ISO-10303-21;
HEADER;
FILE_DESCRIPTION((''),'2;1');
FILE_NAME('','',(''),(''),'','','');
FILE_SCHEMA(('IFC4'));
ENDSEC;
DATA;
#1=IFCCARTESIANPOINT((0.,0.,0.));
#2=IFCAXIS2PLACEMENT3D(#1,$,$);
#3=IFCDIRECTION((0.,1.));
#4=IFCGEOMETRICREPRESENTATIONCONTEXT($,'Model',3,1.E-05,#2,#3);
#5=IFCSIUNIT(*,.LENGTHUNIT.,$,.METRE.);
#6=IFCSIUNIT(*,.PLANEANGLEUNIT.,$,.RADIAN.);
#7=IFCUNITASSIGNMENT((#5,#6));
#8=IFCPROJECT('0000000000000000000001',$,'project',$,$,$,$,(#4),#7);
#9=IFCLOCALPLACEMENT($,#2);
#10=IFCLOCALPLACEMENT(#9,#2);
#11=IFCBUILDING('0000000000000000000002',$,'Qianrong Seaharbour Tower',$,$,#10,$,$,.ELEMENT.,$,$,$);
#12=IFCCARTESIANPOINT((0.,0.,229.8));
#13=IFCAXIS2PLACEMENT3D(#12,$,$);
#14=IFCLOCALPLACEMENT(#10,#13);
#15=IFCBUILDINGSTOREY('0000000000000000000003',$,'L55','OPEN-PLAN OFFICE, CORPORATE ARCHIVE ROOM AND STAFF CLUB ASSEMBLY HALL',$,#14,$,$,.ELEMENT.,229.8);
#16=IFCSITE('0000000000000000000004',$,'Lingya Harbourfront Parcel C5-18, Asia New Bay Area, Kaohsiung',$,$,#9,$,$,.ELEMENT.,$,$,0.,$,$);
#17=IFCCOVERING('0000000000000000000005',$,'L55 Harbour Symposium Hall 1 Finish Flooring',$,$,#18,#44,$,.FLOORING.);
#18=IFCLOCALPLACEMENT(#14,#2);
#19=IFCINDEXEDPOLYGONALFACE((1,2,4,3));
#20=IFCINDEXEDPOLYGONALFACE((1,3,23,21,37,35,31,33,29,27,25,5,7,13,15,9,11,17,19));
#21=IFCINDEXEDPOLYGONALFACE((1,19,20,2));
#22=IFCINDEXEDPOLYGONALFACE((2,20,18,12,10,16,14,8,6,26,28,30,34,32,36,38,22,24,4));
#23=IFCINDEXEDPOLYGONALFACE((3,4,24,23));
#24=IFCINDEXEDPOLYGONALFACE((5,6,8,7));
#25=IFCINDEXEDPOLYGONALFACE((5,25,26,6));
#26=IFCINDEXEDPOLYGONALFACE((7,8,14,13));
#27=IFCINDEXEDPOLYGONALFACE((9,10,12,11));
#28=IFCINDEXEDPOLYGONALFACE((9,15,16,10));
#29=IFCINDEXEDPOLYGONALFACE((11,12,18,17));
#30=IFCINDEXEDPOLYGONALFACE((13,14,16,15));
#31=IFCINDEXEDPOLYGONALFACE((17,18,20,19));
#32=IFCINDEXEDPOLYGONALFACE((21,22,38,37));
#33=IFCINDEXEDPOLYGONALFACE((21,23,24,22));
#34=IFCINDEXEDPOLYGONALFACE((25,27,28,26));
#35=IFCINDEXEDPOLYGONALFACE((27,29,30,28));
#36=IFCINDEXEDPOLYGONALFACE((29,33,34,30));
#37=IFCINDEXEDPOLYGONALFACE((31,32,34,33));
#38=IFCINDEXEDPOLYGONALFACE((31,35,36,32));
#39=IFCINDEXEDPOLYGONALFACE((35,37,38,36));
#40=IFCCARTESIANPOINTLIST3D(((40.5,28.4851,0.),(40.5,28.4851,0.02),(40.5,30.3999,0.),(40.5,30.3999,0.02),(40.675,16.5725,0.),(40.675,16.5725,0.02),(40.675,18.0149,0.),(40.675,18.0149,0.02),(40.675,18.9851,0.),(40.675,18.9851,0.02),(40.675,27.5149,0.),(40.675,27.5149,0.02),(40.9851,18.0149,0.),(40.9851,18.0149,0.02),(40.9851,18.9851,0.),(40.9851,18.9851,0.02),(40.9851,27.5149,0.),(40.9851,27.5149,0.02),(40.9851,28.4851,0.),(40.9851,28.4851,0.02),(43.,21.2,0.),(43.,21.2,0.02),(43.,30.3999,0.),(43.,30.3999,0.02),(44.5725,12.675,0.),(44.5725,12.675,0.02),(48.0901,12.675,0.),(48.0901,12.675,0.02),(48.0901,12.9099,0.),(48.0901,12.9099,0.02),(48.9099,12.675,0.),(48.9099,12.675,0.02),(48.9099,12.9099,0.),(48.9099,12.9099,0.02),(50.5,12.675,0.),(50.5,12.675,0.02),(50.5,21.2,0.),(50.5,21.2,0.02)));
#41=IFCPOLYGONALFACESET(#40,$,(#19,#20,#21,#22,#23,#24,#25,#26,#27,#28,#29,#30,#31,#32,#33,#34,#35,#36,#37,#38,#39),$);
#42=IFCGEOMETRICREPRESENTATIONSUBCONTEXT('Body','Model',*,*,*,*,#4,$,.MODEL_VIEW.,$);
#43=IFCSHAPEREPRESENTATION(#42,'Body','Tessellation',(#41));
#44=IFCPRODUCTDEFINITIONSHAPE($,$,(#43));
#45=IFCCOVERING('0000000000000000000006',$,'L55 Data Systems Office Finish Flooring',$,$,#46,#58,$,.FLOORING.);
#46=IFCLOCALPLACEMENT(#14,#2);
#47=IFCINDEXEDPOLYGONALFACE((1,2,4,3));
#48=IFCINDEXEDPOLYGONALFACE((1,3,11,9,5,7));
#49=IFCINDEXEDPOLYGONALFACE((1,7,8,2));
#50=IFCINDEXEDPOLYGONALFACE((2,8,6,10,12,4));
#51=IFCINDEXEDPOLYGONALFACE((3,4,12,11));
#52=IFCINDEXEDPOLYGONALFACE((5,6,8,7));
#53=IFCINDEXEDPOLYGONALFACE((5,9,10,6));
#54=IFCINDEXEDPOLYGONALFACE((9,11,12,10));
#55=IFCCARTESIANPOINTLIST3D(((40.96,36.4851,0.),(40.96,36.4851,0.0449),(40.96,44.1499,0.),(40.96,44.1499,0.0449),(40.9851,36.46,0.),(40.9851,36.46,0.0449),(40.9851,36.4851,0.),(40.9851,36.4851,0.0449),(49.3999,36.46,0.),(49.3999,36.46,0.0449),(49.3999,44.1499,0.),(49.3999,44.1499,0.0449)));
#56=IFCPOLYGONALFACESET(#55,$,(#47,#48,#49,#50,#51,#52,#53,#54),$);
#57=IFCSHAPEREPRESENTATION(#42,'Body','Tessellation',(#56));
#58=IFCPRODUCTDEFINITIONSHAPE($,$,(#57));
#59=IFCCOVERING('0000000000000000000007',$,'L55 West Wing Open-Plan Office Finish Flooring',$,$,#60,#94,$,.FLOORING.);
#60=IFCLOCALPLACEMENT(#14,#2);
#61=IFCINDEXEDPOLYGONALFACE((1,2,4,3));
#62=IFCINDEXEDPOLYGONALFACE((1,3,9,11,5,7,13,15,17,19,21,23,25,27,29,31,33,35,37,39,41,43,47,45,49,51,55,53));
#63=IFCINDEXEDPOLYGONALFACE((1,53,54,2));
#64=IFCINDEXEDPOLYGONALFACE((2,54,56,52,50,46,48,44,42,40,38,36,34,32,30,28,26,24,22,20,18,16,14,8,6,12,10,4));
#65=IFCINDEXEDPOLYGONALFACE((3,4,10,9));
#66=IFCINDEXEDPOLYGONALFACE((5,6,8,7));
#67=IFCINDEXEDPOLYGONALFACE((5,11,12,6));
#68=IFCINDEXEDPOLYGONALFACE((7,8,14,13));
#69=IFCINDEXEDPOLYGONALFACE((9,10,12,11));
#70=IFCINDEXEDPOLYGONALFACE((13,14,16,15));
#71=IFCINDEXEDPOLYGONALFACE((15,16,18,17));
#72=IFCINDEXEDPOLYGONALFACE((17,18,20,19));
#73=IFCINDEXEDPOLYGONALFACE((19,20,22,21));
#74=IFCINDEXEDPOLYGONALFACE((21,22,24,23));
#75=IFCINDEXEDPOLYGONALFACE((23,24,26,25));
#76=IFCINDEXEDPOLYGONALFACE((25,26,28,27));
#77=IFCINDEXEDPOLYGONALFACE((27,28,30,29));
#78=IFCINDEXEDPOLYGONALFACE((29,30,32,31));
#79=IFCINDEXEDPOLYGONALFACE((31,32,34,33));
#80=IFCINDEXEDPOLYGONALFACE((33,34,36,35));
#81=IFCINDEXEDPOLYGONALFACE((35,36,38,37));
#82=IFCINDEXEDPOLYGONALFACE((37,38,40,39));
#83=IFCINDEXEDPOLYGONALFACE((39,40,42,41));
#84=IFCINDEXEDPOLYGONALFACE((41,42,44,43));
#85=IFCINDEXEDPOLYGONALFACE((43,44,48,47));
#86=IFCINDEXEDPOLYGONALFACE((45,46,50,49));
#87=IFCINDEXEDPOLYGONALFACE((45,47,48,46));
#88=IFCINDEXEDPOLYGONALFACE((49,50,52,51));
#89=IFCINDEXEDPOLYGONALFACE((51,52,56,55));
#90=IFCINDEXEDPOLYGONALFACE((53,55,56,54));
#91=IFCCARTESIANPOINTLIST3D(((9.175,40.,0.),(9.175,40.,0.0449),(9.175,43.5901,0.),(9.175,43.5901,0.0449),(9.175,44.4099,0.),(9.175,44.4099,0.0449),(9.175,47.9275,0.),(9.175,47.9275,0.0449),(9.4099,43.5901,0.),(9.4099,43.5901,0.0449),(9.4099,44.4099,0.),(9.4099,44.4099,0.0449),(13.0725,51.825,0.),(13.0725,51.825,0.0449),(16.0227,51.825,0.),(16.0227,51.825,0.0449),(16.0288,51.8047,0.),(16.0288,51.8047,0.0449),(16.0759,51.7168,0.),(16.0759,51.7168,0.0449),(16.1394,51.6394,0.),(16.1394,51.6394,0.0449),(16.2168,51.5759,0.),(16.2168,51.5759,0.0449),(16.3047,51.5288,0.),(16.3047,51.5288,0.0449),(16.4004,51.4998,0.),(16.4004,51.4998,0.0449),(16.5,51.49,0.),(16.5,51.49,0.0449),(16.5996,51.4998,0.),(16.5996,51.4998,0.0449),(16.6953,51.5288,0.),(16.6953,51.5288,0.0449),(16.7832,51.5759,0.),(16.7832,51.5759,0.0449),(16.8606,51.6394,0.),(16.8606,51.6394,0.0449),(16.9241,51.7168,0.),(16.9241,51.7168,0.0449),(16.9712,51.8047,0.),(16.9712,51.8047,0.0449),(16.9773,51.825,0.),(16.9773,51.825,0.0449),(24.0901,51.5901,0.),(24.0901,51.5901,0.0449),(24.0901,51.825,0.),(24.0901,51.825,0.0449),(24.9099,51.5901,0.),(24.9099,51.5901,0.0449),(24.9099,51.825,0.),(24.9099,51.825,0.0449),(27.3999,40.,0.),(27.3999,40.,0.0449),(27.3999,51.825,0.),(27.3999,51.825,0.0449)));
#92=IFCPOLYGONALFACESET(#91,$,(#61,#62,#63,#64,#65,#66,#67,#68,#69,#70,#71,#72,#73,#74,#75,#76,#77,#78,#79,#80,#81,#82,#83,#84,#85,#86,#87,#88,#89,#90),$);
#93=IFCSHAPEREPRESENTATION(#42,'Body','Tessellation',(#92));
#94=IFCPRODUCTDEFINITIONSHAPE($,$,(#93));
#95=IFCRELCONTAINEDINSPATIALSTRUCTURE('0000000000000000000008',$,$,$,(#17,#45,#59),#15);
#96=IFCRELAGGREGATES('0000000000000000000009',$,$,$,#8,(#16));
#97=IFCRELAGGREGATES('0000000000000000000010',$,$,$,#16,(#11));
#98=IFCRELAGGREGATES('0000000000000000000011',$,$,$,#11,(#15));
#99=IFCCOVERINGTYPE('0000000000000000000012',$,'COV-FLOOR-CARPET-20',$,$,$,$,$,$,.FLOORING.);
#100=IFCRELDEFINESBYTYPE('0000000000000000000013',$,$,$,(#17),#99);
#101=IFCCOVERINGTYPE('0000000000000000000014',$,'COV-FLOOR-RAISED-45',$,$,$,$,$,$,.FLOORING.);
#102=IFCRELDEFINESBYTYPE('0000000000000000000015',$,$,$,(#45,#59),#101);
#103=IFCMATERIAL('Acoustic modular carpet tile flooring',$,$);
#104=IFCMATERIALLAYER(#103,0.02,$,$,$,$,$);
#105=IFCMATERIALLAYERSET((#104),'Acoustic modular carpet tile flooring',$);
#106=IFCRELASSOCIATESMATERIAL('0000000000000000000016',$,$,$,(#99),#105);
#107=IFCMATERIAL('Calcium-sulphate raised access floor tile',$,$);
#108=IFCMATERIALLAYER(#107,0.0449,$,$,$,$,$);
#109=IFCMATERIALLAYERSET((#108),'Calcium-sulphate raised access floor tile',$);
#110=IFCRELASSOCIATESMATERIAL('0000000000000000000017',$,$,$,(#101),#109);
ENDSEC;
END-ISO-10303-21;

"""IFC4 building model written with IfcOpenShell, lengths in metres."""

from ifc_helpers import new_model, si_unit, direction, frame, origin, place, context, subcontext, project, spatial, polyline, outline, extrude, material, layer, layer_set, type_object, element, save


model = new_model("IFC4")

# Units and contexts
model_context = context("Model", 3, precision=1e-05, world=origin(), true_north=direction((0.0, 1.0)))
body_context = subcontext(model_context, "Body", "Model", "MODEL_VIEW")
ifc_project = project(units=[si_unit("LENGTHUNIT", "METRE"), si_unit("PLANEANGLEUNIT", "RADIAN")], contexts=[model_context])

# Site, building, storey
site_placement = place(None, origin())
site = spatial("IfcSite", under=ifc_project, at=site_placement, Name="Lingya Harbourfront Parcel C5-18, Asia New Bay Area, Kaohsiung", CompositionType="ELEMENT", RefElevation=0.0)
building_placement = place(site_placement, origin())
building = spatial("IfcBuilding", under=site, at=building_placement, Name="Qianrong Seaharbour Tower", CompositionType="ELEMENT")
storey_placement = place(building_placement, frame((0.0, 0.0, 229.8)))
storey = spatial("IfcBuildingStorey", under=building, at=storey_placement, Name="L55", Description="OPEN-PLAN OFFICE, CORPORATE ARCHIVE ROOM AND STAFF CLUB ASSEMBLY HALL", CompositionType="ELEMENT", Elevation=229.8)

# Coverings
ifc_material_1 = material(Name="Acoustic modular carpet tile flooring")
ifc_layer_1 = layer(ifc_material_1, 0.02)
ifc_layer_set_1 = layer_set([ifc_layer_1], Name="Acoustic modular carpet tile flooring")
covering_type_1 = type_object("IfcCoveringType", Name="COV-FLOOR-CARPET-20", PredefinedType="FLOORING", material=ifc_layer_set_1)
covering_1_placement = place(storey_placement, origin())
element("IfcCovering", 1, at=covering_1_placement, inside=storey, type_object=covering_type_1, Name="L55 Harbour Symposium Hall 1 Finish Flooring", PredefinedType="FLOORING", context=body_context, shape_type="SweptSolid", body=[
    extrude(outline(polyline([(43.0, 21.2), (50.5, 21.2), (50.5, 12.675), (48.9099, 12.675), (48.9099, 12.9099), (48.0901, 12.9099), (48.0901, 12.675), (44.5725, 12.675), (40.675, 16.5725), (40.675, 18.0149), (40.9851, 18.0149), (40.9851, 18.9851), (40.675, 18.9851), (40.675, 27.5149), (40.9851, 27.5149), (40.9851, 28.4851), (40.5, 28.4851), (40.5, 30.3999), (43.0, 30.3999), (43.0, 21.2)])), origin(), (0.0, 0.0, 1.0), 0.02),
])
ifc_material_2 = material(Name="Calcium-sulphate raised access floor tile")
ifc_layer_2 = layer(ifc_material_2, 0.0449)
ifc_layer_set_2 = layer_set([ifc_layer_2], Name="Calcium-sulphate raised access floor tile")
covering_type_2 = type_object("IfcCoveringType", Name="COV-FLOOR-RAISED-45", PredefinedType="FLOORING", material=ifc_layer_set_2)
covering_2_placement = place(storey_placement, origin())
element("IfcCovering", 2, at=covering_2_placement, inside=storey, type_object=covering_type_2, Name="L55 Data Systems Office Finish Flooring", PredefinedType="FLOORING", context=body_context, shape_type="SweptSolid", body=[
    extrude(outline(polyline([(49.3999, 44.1499), (49.3999, 36.46), (40.9851, 36.46), (40.9851, 36.4851), (40.96, 36.4851), (40.96, 44.1499), (49.3999, 44.1499)])), origin(), (0.0, 0.0, 1.0), 0.0449),
])
covering_3_placement = place(storey_placement, origin())
element("IfcCovering", 3, at=covering_3_placement, inside=storey, type_object=covering_type_2, Name="L55 West Wing Open-Plan Office Finish Flooring", PredefinedType="FLOORING", context=body_context, shape_type="SweptSolid", body=[
    extrude(outline(polyline([(9.175, 43.5901), (9.4099, 43.5901), (9.4099, 44.4099), (9.175, 44.4099), (9.175, 47.9275), (13.0725, 51.825), (16.0227, 51.825), (16.0288, 51.8047), (16.0759, 51.7168), (16.1394, 51.6394), (16.2168, 51.5759), (16.3047, 51.5288), (16.4004, 51.4998), (16.5, 51.49), (16.5996, 51.4998), (16.6953, 51.5288), (16.7832, 51.5759), (16.8606, 51.6394), (16.9241, 51.7168), (16.9712, 51.8047), (16.9773, 51.825), (24.0901, 51.825), (24.0901, 51.5901), (24.9099, 51.5901), (24.9099, 51.825), (27.3999, 51.825), (27.3999, 40.0), (9.175, 40.0), (9.175, 43.5901)])), origin(), (0.0, 0.0, 1.0), 0.0449),
])

save(model, "model.ifc")
